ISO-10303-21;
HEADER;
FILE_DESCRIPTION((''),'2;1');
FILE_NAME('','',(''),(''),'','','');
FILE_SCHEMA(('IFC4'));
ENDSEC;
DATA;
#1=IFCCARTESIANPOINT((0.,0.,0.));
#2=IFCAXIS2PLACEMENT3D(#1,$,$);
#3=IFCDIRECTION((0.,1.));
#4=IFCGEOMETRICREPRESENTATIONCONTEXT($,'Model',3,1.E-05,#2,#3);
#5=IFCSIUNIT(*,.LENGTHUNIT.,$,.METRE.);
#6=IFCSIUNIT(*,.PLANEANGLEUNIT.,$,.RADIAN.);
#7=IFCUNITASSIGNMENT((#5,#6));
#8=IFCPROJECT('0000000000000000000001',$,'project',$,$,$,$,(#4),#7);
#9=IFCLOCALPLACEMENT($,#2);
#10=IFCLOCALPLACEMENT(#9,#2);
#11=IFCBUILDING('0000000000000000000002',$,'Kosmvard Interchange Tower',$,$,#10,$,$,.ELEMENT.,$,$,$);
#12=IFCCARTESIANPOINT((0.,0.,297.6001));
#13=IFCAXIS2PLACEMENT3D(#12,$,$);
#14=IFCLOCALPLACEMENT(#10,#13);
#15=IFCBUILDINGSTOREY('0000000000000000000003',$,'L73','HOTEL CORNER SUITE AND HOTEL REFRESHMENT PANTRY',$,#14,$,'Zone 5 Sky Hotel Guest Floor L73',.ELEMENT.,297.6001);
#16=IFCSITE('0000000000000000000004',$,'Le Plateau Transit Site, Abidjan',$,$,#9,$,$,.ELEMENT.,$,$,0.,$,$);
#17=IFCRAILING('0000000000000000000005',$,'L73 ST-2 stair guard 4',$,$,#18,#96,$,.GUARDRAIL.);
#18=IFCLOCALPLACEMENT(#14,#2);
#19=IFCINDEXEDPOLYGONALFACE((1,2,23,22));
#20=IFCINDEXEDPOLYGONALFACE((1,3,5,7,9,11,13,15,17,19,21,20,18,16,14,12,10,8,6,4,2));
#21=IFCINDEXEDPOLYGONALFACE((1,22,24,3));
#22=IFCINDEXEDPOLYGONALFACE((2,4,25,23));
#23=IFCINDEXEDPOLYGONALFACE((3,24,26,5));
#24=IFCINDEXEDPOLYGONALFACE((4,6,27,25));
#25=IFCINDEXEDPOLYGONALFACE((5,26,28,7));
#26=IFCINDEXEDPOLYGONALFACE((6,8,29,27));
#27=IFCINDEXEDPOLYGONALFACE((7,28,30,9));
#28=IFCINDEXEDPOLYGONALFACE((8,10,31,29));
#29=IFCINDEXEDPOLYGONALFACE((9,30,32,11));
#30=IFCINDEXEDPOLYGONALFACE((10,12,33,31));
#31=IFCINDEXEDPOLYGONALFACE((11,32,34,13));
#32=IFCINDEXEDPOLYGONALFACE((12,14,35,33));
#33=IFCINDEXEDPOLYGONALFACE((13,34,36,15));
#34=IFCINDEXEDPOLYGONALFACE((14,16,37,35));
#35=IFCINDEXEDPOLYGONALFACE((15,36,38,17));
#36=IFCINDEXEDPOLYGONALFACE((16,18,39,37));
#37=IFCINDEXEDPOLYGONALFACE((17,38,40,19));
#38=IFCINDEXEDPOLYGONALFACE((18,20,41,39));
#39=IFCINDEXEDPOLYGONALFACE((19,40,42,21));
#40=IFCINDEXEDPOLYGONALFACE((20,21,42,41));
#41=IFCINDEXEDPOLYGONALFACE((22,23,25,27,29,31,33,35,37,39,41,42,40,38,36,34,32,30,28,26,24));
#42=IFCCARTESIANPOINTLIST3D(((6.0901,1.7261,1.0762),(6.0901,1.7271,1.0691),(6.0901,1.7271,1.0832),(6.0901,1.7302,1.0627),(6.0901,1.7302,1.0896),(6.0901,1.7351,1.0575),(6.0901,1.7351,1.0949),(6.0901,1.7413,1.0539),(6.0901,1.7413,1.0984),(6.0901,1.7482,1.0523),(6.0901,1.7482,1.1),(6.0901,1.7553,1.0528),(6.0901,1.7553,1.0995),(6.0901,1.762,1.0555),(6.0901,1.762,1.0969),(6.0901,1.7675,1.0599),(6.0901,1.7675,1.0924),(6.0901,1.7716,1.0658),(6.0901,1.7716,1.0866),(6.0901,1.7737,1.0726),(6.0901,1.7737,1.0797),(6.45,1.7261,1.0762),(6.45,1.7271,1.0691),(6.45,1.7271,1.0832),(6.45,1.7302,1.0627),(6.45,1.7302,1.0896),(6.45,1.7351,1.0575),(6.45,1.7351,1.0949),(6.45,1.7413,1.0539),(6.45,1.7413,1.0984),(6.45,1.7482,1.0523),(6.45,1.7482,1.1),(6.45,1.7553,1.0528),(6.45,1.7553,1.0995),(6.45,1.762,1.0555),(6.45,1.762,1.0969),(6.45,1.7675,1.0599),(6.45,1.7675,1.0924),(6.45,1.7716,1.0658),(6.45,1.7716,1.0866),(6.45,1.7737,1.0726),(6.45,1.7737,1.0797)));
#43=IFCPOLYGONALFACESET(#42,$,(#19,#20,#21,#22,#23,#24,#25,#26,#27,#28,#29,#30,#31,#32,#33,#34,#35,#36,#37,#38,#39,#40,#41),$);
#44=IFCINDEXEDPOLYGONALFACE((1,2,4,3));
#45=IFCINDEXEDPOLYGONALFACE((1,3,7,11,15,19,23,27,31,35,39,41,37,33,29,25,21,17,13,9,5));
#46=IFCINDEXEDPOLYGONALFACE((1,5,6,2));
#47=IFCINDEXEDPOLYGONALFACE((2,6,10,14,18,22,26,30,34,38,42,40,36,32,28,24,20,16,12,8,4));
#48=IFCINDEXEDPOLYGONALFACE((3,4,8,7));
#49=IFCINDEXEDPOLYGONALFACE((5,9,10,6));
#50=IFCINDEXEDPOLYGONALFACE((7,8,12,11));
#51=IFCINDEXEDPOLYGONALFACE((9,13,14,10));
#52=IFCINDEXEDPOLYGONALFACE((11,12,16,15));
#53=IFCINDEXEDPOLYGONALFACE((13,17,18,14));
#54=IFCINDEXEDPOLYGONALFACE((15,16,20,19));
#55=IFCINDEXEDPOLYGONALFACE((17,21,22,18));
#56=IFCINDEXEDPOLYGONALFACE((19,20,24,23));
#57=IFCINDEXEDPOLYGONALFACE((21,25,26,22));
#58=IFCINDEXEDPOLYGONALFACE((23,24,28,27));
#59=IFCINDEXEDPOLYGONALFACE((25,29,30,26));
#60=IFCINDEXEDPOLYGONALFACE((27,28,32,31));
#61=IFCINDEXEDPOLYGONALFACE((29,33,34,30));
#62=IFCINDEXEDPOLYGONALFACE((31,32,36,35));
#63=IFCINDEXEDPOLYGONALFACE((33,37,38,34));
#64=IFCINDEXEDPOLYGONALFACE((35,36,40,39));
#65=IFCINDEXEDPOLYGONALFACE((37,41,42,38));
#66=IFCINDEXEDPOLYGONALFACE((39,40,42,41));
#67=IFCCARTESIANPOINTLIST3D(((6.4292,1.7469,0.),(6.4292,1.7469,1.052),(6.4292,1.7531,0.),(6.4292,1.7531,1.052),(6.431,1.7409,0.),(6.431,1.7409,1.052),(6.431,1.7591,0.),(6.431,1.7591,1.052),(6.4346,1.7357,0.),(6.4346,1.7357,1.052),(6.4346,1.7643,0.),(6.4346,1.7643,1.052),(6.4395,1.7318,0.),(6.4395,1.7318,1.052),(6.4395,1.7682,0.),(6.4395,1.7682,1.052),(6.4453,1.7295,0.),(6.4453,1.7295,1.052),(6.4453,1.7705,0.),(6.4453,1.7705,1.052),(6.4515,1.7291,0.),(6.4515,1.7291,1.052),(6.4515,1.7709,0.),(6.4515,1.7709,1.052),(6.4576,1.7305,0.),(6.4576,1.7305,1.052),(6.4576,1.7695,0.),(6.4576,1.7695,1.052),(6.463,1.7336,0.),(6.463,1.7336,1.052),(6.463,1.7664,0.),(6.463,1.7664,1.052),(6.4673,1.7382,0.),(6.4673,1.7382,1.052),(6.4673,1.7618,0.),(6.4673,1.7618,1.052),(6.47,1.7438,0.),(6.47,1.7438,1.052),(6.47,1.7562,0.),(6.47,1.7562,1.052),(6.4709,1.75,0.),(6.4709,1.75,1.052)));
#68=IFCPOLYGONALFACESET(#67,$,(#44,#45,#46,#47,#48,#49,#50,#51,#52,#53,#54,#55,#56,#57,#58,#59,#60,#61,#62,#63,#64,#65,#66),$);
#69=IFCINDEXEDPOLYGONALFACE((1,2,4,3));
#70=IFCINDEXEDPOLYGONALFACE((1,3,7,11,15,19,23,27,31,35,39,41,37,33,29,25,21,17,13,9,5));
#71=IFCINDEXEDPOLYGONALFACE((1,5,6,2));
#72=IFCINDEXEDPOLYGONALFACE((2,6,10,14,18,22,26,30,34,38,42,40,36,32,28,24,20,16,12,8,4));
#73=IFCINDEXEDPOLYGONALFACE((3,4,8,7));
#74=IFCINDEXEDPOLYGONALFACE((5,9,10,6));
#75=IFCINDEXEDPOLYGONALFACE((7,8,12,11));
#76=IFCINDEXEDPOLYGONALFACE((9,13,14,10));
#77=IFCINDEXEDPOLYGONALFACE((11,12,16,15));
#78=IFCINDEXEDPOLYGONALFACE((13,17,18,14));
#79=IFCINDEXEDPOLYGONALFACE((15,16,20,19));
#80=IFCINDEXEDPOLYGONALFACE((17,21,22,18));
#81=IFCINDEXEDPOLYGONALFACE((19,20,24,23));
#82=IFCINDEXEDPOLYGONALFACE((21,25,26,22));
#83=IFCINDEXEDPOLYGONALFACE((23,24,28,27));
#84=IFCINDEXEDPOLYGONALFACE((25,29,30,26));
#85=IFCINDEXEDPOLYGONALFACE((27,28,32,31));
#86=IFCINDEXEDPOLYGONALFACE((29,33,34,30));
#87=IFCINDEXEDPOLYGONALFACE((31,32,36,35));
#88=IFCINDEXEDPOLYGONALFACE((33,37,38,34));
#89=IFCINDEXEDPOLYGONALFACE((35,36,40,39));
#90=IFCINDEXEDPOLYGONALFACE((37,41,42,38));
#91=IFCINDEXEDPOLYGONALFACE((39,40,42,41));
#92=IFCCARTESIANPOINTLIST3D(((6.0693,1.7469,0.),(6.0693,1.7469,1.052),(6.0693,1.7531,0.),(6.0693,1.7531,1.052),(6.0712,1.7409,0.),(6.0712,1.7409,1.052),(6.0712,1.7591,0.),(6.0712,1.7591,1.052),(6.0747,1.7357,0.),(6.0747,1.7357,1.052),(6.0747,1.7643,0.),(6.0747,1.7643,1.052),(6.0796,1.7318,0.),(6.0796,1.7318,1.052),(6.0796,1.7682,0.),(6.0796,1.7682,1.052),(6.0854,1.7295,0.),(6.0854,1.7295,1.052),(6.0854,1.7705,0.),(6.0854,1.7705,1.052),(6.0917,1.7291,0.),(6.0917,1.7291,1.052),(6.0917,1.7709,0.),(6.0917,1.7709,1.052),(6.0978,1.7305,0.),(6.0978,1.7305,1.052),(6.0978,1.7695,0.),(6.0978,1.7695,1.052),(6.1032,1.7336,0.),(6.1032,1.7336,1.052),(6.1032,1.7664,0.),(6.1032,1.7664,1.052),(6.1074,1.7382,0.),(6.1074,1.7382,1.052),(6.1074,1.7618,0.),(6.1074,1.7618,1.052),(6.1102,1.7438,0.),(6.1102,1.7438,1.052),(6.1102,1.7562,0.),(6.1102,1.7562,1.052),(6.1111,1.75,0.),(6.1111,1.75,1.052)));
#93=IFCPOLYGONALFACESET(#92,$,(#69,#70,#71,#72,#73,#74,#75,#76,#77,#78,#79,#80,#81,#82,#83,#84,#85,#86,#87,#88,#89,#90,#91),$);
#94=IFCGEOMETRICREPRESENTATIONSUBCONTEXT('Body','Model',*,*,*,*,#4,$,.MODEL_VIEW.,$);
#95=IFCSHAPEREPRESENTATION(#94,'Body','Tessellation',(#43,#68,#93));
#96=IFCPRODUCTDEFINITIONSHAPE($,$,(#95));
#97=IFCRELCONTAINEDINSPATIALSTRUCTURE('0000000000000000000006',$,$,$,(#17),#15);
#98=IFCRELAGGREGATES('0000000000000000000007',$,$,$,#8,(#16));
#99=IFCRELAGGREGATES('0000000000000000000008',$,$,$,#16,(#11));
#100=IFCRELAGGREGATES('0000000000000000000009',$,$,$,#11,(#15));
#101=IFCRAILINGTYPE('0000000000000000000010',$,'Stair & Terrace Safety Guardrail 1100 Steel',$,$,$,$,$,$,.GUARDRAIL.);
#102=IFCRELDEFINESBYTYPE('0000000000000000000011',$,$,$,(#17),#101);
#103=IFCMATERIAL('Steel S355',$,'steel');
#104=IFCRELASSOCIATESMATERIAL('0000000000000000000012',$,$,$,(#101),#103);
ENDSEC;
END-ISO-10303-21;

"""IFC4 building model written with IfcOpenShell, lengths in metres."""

from ifc_helpers import new_model, si_unit, direction, frame, origin, origin_2d, place, context, subcontext, project, spatial, circle, extrude, source, transform, mapped, material, type_object, element, save


model = new_model("IFC4")

# Units and contexts
model_context = context("Model", 3, precision=1e-05, world=origin(), true_north=direction((0.0, 1.0)))
body_context = subcontext(model_context, "Body", "Model", "MODEL_VIEW")
ifc_project = project(units=[si_unit("LENGTHUNIT", "METRE"), si_unit("PLANEANGLEUNIT", "RADIAN")], contexts=[model_context])

# Site, building, storey
site_placement = place(None, origin())
site = spatial("IfcSite", under=ifc_project, at=site_placement, Name="Le Plateau Transit Site, Abidjan", CompositionType="ELEMENT", RefElevation=0.0)
building_placement = place(site_placement, origin())
building = spatial("IfcBuilding", under=site, at=building_placement, Name="Kosmvard Interchange Tower", CompositionType="ELEMENT")
storey_placement = place(building_placement, frame((0.0, 0.0, 297.6001)))
storey = spatial("IfcBuildingStorey", under=building, at=storey_placement, Name="L73", Description="HOTEL CORNER SUITE AND HOTEL REFRESHMENT PANTRY", LongName="Zone 5 Sky Hotel Guest Floor L73", CompositionType="ELEMENT", Elevation=297.6001)

# Shared definitions
ifc_material_1 = material(Name="Steel S355", Category="steel")

# Railing
railing_type = type_object("IfcRailingType", Name="Stair & Terrace Safety Guardrail 1100 Steel", PredefinedType="GUARDRAIL", material=ifc_material_1)
shared_shape_1 = source(origin(), body_context, "Body", "SweptSolid", [
    extrude(circle(Radius=0.0239, at=origin_2d()), frame((0.0, 0.0, 1.0762), z_axis=(-1.0, 0.0, 0.0), x_axis=(0.0, -1.0, 0.0)), (0.0, 0.0, 1.0), 0.3599),
    extrude(circle(Radius=0.021, at=origin_2d()), origin(), (0.0, 0.0, 1.0), 1.052),
    extrude(circle(Radius=0.021, at=origin_2d()), frame((-0.3599, 0.0, 0.0)), (0.0, 0.0, 1.0), 1.052),
])
railing_1_placement = place(storey_placement, frame((6.45, 1.75, 0.0)))
element("IfcRailing", 1, at=railing_1_placement, inside=storey, type_object=railing_type, Name="L73 ST-2 stair guard 4", PredefinedType="GUARDRAIL", context=body_context, shape_type="MappedRepresentation", body=[
    mapped(shared_shape_1, transform((0.0, 0.0, 0.0), scale=1.0)),
])

save(model, "model.ifc")
